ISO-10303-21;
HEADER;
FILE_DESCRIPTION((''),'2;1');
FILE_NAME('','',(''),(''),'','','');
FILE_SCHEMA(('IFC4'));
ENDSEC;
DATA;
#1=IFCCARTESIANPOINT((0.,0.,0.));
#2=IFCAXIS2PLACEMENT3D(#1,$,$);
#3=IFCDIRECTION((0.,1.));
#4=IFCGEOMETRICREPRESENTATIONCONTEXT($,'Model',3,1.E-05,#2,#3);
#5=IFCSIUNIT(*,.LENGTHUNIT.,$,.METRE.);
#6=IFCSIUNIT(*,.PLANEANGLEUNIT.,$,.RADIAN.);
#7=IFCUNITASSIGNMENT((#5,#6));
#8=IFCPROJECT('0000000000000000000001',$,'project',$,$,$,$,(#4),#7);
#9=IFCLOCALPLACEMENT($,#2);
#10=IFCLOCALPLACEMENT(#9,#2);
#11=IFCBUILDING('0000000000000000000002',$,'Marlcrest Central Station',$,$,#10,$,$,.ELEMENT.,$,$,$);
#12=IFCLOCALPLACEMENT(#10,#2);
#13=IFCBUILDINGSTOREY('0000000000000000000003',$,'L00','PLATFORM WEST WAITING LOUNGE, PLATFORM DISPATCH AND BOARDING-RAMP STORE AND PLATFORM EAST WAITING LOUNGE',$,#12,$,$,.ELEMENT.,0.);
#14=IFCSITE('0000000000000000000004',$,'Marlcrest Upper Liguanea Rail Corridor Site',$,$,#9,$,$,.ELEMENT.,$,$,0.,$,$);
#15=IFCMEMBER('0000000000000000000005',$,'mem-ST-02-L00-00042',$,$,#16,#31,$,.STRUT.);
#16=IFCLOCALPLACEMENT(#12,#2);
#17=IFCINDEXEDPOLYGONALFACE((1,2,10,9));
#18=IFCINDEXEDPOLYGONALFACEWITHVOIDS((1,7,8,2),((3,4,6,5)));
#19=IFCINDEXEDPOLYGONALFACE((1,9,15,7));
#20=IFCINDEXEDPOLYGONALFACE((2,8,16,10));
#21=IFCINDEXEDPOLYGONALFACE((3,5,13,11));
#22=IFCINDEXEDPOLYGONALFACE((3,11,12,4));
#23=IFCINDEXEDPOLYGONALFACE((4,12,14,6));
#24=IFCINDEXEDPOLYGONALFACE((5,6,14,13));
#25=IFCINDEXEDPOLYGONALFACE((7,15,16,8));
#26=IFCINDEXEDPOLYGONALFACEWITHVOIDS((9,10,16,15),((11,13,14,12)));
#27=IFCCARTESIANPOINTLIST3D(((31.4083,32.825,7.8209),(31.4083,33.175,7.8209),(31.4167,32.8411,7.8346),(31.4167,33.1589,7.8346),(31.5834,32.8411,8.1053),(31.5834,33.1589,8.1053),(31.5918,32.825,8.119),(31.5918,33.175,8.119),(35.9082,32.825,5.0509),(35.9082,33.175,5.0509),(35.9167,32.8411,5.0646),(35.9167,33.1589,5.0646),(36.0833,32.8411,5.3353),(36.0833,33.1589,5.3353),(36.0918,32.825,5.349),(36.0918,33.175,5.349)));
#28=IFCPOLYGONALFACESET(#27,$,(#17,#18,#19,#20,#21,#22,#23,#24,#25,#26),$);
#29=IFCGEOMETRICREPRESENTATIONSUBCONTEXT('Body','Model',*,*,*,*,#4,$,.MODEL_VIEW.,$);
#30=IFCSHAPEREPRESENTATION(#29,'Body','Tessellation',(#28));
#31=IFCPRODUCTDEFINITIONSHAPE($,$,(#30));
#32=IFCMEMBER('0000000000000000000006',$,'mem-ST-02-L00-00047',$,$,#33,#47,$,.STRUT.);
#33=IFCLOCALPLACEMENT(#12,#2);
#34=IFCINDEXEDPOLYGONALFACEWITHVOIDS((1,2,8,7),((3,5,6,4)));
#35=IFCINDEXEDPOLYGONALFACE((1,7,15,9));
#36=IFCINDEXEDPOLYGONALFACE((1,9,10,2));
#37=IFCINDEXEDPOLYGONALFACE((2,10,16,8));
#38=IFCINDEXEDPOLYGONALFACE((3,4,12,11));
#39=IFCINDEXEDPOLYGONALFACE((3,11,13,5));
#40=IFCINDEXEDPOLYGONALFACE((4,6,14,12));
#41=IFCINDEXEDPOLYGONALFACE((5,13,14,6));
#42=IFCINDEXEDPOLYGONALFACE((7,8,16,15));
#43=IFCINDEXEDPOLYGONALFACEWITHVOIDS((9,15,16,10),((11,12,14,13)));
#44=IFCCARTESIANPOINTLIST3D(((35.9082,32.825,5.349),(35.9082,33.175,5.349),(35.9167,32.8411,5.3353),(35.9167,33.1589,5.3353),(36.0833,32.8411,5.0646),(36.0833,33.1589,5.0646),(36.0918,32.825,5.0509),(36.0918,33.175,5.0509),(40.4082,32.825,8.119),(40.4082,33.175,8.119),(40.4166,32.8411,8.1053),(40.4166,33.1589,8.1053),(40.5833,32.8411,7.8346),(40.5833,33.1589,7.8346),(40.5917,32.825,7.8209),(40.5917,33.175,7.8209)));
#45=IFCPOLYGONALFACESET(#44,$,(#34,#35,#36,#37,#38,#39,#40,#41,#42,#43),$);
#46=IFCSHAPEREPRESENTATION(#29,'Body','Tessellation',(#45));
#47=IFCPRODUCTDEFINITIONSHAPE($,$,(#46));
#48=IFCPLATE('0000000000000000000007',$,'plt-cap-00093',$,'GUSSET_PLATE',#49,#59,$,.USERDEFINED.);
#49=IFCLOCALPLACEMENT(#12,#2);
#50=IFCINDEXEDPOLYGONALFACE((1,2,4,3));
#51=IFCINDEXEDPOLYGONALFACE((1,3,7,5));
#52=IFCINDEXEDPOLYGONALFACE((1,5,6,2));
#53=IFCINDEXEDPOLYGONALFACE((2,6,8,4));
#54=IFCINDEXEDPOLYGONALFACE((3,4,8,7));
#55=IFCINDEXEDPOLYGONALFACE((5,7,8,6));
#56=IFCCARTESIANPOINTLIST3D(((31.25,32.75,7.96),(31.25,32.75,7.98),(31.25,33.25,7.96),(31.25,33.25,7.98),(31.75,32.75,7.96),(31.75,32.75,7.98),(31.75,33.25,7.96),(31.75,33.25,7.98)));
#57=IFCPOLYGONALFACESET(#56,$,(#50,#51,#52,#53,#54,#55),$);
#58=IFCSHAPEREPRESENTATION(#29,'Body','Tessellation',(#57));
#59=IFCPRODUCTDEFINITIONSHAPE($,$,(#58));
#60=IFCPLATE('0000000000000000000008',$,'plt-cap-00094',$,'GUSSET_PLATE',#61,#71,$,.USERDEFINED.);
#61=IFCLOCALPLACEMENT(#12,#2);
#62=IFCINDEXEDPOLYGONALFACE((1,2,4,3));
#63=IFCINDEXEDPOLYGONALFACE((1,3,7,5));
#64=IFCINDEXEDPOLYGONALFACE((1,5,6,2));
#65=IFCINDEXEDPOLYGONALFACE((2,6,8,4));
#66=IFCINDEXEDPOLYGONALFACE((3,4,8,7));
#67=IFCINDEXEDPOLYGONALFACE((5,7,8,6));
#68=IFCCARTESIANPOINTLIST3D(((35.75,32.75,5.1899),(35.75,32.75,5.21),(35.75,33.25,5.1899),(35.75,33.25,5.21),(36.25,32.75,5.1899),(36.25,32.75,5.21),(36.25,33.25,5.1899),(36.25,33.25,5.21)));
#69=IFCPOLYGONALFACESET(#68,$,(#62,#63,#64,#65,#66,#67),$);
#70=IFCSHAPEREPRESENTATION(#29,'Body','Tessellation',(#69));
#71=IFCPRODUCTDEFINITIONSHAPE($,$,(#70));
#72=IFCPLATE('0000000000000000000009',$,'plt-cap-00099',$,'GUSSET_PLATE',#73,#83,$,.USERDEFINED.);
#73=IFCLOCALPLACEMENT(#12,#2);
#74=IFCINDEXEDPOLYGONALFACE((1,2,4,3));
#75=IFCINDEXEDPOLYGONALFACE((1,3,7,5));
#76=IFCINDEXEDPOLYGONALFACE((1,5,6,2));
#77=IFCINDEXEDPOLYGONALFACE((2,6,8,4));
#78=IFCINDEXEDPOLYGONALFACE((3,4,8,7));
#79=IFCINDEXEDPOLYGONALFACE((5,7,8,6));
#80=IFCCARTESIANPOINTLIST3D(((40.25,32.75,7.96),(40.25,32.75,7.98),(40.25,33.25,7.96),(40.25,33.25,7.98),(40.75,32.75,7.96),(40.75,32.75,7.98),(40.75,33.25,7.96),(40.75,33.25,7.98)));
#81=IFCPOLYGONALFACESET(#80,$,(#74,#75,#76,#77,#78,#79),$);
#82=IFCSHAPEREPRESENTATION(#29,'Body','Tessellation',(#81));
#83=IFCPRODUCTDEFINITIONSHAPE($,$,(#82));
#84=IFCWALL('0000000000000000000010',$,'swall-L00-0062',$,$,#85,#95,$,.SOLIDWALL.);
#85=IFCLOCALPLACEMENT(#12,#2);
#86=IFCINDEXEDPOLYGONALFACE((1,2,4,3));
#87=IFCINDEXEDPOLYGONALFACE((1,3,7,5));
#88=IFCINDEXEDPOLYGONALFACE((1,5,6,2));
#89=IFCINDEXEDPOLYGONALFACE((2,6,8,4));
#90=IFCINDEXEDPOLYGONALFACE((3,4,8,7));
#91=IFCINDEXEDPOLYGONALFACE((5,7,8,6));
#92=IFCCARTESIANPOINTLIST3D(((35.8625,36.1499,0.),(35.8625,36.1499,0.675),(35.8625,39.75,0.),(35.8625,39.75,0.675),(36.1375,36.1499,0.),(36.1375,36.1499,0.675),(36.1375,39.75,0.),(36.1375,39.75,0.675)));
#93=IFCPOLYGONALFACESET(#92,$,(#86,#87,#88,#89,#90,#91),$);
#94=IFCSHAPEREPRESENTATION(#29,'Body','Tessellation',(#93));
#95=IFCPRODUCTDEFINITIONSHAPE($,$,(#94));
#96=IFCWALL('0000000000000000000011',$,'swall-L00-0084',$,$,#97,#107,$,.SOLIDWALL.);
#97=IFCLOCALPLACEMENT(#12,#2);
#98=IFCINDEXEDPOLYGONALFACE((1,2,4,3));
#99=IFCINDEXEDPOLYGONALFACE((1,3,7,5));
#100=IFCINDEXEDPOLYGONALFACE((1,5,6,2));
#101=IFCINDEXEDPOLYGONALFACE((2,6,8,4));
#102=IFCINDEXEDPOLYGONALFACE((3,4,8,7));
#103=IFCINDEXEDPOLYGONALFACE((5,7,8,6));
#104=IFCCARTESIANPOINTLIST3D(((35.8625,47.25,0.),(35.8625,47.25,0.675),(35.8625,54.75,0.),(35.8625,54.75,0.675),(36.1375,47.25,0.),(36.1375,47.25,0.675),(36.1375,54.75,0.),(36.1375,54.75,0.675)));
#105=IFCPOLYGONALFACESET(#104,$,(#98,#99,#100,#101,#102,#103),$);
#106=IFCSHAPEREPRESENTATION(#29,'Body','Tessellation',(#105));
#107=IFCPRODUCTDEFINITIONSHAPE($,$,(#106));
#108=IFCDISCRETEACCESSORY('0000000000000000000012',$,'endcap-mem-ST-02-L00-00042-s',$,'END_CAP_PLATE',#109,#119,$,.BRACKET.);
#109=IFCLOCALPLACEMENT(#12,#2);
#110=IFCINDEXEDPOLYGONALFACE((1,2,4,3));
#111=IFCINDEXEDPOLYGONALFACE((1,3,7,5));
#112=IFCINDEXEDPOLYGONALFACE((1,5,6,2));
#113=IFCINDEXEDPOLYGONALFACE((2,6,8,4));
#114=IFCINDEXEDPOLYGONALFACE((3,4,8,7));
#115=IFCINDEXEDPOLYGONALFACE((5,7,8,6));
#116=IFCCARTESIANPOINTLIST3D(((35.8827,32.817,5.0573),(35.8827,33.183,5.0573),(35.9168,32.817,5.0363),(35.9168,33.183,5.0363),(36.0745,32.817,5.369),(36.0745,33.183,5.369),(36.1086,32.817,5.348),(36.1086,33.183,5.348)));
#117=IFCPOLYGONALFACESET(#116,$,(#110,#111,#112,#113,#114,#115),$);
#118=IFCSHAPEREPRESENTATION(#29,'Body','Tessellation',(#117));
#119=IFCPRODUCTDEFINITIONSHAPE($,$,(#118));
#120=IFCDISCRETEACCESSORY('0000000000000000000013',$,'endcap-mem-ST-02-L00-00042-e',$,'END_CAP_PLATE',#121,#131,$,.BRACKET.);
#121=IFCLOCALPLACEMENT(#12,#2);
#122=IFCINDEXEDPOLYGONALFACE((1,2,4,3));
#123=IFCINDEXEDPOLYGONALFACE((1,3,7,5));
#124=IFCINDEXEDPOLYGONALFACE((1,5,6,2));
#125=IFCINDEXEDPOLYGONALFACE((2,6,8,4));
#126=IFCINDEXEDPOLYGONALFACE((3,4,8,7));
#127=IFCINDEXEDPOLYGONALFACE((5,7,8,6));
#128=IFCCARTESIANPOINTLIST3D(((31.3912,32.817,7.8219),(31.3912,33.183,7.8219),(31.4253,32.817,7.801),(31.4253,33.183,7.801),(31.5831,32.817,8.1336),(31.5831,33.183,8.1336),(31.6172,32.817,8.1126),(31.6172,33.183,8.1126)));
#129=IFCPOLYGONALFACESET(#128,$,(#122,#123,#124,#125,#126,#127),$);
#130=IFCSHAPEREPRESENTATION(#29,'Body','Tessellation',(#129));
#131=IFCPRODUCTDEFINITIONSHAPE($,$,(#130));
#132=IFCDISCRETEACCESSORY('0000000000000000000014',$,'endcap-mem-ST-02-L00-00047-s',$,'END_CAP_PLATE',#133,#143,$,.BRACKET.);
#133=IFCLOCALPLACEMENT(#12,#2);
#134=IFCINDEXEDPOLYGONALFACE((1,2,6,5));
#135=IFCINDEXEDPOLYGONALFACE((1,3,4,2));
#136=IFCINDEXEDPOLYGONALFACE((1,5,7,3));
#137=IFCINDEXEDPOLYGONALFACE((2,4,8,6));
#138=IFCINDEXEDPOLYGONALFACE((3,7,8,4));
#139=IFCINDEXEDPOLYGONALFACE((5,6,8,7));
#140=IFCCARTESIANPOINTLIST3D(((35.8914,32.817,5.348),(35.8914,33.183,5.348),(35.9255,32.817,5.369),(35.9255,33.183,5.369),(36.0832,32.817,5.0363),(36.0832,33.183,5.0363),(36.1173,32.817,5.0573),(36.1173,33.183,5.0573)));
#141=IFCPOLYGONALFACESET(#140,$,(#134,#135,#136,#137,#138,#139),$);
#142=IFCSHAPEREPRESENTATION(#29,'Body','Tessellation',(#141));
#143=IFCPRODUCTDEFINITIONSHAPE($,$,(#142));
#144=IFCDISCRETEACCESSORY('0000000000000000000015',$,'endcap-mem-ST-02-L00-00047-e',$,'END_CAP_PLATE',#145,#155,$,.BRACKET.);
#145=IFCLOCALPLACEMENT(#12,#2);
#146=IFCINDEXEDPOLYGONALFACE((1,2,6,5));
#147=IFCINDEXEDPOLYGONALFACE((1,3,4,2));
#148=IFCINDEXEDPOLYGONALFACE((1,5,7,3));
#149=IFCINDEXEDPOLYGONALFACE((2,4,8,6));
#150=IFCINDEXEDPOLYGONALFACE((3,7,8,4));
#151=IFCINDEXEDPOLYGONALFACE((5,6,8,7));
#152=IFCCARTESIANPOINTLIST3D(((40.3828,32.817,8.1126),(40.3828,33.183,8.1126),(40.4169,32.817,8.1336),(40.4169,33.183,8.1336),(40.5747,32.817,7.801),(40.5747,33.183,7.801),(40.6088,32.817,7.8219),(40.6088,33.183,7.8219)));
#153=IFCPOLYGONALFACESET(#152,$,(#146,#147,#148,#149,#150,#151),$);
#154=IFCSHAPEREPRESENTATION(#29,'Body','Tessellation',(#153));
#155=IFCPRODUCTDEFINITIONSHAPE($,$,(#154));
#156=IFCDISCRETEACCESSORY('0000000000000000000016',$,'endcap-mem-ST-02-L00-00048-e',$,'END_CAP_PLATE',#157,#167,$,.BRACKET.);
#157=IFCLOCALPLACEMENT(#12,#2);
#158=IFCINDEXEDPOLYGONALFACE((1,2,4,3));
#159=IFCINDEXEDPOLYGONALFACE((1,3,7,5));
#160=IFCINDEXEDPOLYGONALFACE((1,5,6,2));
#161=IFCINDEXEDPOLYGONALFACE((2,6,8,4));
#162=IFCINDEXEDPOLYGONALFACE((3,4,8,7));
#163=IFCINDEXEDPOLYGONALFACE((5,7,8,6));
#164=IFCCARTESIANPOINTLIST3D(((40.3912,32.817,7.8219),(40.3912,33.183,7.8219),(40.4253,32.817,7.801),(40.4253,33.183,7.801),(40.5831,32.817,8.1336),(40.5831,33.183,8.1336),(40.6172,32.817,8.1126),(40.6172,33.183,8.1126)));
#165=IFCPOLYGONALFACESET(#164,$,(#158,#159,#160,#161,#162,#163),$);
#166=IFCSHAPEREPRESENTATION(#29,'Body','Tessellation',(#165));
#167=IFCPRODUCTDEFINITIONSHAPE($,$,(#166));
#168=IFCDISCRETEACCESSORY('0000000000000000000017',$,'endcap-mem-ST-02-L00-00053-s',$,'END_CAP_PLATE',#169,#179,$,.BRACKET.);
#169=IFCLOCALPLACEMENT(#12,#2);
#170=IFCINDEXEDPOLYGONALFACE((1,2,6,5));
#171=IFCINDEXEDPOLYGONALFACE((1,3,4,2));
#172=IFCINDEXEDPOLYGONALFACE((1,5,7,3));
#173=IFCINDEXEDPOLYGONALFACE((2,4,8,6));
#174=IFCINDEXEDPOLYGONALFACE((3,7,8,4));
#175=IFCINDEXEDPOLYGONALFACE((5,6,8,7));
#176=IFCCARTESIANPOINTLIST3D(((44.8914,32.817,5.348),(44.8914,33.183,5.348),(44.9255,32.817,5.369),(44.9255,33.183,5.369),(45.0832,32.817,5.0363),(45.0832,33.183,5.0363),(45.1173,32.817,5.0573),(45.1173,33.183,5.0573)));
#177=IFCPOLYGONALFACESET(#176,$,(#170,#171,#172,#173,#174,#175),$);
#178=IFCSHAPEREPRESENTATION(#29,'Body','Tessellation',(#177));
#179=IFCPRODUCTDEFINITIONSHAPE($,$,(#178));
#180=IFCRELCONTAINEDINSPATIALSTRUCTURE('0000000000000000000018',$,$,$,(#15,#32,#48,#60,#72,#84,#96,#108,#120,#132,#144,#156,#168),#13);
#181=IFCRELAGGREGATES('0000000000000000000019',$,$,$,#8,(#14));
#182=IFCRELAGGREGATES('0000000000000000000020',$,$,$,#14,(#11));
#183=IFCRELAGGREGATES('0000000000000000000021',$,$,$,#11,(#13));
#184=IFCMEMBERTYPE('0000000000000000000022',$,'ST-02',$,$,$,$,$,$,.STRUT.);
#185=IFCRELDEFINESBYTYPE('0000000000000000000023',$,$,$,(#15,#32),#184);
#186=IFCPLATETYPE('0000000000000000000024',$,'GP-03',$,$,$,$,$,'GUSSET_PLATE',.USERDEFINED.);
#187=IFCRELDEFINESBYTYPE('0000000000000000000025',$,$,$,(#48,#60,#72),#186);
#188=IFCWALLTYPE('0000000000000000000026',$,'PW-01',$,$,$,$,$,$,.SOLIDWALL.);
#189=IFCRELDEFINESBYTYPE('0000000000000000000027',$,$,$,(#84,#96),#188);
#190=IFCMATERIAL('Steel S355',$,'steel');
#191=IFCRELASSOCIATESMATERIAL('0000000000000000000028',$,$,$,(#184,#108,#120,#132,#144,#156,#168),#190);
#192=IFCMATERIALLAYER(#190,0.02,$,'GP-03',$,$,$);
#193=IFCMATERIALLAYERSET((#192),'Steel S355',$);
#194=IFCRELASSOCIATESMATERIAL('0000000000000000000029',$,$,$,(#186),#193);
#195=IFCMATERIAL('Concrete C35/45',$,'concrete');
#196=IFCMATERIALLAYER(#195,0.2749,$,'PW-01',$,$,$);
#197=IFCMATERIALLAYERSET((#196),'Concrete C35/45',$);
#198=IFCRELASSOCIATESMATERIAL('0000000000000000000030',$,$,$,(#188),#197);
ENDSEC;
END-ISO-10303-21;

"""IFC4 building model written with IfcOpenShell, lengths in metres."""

from ifc_helpers import new_model, si_unit, direction, frame, frame_2d, origin, origin_2d, place, context, subcontext, project, spatial, rectangle, hollow_rectangle, extrude, material, layer, layer_set, material_profile, profile_set, type_object, element, save


model = new_model("IFC4")

# Units and contexts
model_context = context("Model", 3, precision=1e-05, world=origin(), true_north=direction((0.0, 1.0)))
body_context = subcontext(model_context, "Body", "Model", "MODEL_VIEW")
ifc_project = project(units=[si_unit("LENGTHUNIT", "METRE"), si_unit("PLANEANGLEUNIT", "RADIAN")], contexts=[model_context])

# Site, building, storey
site_placement = place(None, origin())
site = spatial("IfcSite", under=ifc_project, at=site_placement, Name="Marlcrest Upper Liguanea Rail Corridor Site", CompositionType="ELEMENT", RefElevation=0.0)
building_placement = place(site_placement, origin())
building = spatial("IfcBuilding", under=site, at=building_placement, Name="Marlcrest Central Station", CompositionType="ELEMENT")
storey_placement = place(building_placement, origin())
storey = spatial("IfcBuildingStorey", under=building, at=storey_placement, Name="L00", Description="PLATFORM WEST WAITING LOUNGE, PLATFORM DISPATCH AND BOARDING-RAMP STORE AND PLATFORM EAST WAITING LOUNGE", CompositionType="ELEMENT", Elevation=0.0)

# Shared definitions
ifc_material_1 = material(Name="Concrete C35/45", Category="concrete")

# Shared definitions
ifc_material_2 = material(Name="Steel S355", Category="steel")

# Members
ifc_material_profile_1 = material_profile(ifc_material_2, hollow_rectangle(XDim=0.3501, YDim=0.3501, WallThickness=0.0161, at=origin_2d()), Name="SHS 350x350x16")
ifc_profile_set_1 = profile_set([ifc_material_profile_1], Name="Steel S355")
member_type = type_object("IfcMemberType", Name="ST-02", PredefinedType="STRUT", material=ifc_profile_set_1)
for number, where, z_axis, x_axis, name in (
    (1, (36.0, 33.0, 5.2), (-0.851592, 0.0, 0.524206), (0.0, -1.0, 0.0), "mem-ST-02-L00-00042"),
    (2, (36.0, 33.0, 5.2), (0.851592, 0.0, 0.524206), (0.0, 1.0, 0.0), "mem-ST-02-L00-00047"),
):
    element("IfcMember", number, at=place(storey_placement, frame(where, z_axis=z_axis, x_axis=x_axis)), inside=storey, type_object=member_type, Name=name, PredefinedType="STRUT", context=body_context, shape_type="SweptSolid", body=[
        extrude(hollow_rectangle(XDim=0.3501, YDim=0.3501, WallThickness=0.0161, at=origin_2d()), origin(), (0.0, 0.0, 1.0), 5.2842),
    ])

# Plates
ifc_layer_1 = layer(ifc_material_2, 0.02, Name="GP-03")
ifc_layer_set_1 = layer_set([ifc_layer_1], Name="Steel S355")
plate_type = type_object("IfcPlateType", Name="GP-03", ElementType="GUSSET_PLATE", PredefinedType="USERDEFINED", material=ifc_layer_set_1)
for number, where, z_axis, x_axis, name in (
    (3, (31.5, 33.0, 7.96), (0.0, 0.0, 1.0), (1.0, 0.0, 0.0), "plt-cap-00093"),
    (4, (36.0, 33.0, 5.1899), (0.0, 0.0, 1.0), (1.0, 0.0, 0.0), "plt-cap-00094"),
    (5, (40.5, 33.0, 7.96), (0.0, 0.0, 1.0), (1.0, 0.0, 0.0), "plt-cap-00099"),
):
    element("IfcPlate", number, at=place(storey_placement, frame(where, z_axis=z_axis, x_axis=x_axis)), inside=storey, type_object=plate_type, Name=name, ObjectType="GUSSET_PLATE", PredefinedType="USERDEFINED", context=body_context, shape_type="SweptSolid", body=[
        extrude(rectangle(XDim=0.5, YDim=0.5, at=origin_2d()), origin(), (0.0, 0.0, 1.0), 0.02),
    ])

# Walls
ifc_layer_2 = layer(ifc_material_1, 0.2749, Name="PW-01")
ifc_layer_set_2 = layer_set([ifc_layer_2], Name="Concrete C35/45")
wall_type = type_object("IfcWallType", Name="PW-01", PredefinedType="SOLIDWALL", material=ifc_layer_set_2)
wall_1_placement = place(storey_placement, frame((36.0, 36.1499, 0.0), z_axis=(0.0, 0.0, 1.0), x_axis=(0.0, 1.0, 0.0)))
element("IfcWall", 6, at=wall_1_placement, inside=storey, type_object=wall_type, Name="swall-L00-0062", PredefinedType="SOLIDWALL", context=body_context, shape_type="SweptSolid", body=[
    extrude(rectangle(XDim=3.6001, YDim=0.2749, at=frame_2d((1.8, 0.0))), origin(), (0.0, 0.0, 1.0), 0.675),
])
wall_2_placement = place(storey_placement, frame((36.0, 47.25, 0.0), z_axis=(0.0, 0.0, 1.0), x_axis=(0.0, 1.0, 0.0)))
element("IfcWall", 7, at=wall_2_placement, inside=storey, type_object=wall_type, Name="swall-L00-0084", PredefinedType="SOLIDWALL", context=body_context, shape_type="SweptSolid", body=[
    extrude(rectangle(XDim=7.5, YDim=0.2749, at=frame_2d((3.75, 0.0))), origin(), (0.0, 0.0, 1.0), 0.675),
])

# Discrete accessories
for number, where, z_axis, x_axis, name in (
    (8, (36.0127, 33.0, 5.1921), (-0.851592, 0.0, 0.524206), (0.0, -1.0, 0.0), "endcap-mem-ST-02-L00-00042-s"),
    (9, (31.5212, 33.0, 7.9568), (-0.851592, 0.0, 0.524206), (0.0, -1.0, 0.0), "endcap-mem-ST-02-L00-00042-e"),
    (10, (35.9873, 33.0, 5.1921), (0.851592, 0.0, 0.524206), (0.0, 1.0, 0.0), "endcap-mem-ST-02-L00-00047-s"),
    (11, (40.4788, 33.0, 7.9568), (0.851592, 0.0, 0.524206), (0.0, 1.0, 0.0), "endcap-mem-ST-02-L00-00047-e"),
    (12, (40.5212, 33.0, 7.9568), (-0.851592, 0.0, 0.524206), (0.0, -1.0, 0.0), "endcap-mem-ST-02-L00-00048-e"),
    (13, (44.9873, 33.0, 5.1921), (0.851592, 0.0, 0.524206), (0.0, 1.0, 0.0), "endcap-mem-ST-02-L00-00053-s"),
):
    element("IfcDiscreteAccessory", number, at=place(storey_placement, frame(where, z_axis=z_axis, x_axis=x_axis)), inside=storey, material=ifc_material_2, Name=name, ObjectType="END_CAP_PLATE", PredefinedType="BRACKET", context=body_context, shape_type="SweptSolid", body=[
        extrude(rectangle(XDim=0.366, YDim=0.366, at=origin_2d()), origin(), (0.0, 0.0, 1.0), 0.04),
    ])

save(model, "model.ifc")
